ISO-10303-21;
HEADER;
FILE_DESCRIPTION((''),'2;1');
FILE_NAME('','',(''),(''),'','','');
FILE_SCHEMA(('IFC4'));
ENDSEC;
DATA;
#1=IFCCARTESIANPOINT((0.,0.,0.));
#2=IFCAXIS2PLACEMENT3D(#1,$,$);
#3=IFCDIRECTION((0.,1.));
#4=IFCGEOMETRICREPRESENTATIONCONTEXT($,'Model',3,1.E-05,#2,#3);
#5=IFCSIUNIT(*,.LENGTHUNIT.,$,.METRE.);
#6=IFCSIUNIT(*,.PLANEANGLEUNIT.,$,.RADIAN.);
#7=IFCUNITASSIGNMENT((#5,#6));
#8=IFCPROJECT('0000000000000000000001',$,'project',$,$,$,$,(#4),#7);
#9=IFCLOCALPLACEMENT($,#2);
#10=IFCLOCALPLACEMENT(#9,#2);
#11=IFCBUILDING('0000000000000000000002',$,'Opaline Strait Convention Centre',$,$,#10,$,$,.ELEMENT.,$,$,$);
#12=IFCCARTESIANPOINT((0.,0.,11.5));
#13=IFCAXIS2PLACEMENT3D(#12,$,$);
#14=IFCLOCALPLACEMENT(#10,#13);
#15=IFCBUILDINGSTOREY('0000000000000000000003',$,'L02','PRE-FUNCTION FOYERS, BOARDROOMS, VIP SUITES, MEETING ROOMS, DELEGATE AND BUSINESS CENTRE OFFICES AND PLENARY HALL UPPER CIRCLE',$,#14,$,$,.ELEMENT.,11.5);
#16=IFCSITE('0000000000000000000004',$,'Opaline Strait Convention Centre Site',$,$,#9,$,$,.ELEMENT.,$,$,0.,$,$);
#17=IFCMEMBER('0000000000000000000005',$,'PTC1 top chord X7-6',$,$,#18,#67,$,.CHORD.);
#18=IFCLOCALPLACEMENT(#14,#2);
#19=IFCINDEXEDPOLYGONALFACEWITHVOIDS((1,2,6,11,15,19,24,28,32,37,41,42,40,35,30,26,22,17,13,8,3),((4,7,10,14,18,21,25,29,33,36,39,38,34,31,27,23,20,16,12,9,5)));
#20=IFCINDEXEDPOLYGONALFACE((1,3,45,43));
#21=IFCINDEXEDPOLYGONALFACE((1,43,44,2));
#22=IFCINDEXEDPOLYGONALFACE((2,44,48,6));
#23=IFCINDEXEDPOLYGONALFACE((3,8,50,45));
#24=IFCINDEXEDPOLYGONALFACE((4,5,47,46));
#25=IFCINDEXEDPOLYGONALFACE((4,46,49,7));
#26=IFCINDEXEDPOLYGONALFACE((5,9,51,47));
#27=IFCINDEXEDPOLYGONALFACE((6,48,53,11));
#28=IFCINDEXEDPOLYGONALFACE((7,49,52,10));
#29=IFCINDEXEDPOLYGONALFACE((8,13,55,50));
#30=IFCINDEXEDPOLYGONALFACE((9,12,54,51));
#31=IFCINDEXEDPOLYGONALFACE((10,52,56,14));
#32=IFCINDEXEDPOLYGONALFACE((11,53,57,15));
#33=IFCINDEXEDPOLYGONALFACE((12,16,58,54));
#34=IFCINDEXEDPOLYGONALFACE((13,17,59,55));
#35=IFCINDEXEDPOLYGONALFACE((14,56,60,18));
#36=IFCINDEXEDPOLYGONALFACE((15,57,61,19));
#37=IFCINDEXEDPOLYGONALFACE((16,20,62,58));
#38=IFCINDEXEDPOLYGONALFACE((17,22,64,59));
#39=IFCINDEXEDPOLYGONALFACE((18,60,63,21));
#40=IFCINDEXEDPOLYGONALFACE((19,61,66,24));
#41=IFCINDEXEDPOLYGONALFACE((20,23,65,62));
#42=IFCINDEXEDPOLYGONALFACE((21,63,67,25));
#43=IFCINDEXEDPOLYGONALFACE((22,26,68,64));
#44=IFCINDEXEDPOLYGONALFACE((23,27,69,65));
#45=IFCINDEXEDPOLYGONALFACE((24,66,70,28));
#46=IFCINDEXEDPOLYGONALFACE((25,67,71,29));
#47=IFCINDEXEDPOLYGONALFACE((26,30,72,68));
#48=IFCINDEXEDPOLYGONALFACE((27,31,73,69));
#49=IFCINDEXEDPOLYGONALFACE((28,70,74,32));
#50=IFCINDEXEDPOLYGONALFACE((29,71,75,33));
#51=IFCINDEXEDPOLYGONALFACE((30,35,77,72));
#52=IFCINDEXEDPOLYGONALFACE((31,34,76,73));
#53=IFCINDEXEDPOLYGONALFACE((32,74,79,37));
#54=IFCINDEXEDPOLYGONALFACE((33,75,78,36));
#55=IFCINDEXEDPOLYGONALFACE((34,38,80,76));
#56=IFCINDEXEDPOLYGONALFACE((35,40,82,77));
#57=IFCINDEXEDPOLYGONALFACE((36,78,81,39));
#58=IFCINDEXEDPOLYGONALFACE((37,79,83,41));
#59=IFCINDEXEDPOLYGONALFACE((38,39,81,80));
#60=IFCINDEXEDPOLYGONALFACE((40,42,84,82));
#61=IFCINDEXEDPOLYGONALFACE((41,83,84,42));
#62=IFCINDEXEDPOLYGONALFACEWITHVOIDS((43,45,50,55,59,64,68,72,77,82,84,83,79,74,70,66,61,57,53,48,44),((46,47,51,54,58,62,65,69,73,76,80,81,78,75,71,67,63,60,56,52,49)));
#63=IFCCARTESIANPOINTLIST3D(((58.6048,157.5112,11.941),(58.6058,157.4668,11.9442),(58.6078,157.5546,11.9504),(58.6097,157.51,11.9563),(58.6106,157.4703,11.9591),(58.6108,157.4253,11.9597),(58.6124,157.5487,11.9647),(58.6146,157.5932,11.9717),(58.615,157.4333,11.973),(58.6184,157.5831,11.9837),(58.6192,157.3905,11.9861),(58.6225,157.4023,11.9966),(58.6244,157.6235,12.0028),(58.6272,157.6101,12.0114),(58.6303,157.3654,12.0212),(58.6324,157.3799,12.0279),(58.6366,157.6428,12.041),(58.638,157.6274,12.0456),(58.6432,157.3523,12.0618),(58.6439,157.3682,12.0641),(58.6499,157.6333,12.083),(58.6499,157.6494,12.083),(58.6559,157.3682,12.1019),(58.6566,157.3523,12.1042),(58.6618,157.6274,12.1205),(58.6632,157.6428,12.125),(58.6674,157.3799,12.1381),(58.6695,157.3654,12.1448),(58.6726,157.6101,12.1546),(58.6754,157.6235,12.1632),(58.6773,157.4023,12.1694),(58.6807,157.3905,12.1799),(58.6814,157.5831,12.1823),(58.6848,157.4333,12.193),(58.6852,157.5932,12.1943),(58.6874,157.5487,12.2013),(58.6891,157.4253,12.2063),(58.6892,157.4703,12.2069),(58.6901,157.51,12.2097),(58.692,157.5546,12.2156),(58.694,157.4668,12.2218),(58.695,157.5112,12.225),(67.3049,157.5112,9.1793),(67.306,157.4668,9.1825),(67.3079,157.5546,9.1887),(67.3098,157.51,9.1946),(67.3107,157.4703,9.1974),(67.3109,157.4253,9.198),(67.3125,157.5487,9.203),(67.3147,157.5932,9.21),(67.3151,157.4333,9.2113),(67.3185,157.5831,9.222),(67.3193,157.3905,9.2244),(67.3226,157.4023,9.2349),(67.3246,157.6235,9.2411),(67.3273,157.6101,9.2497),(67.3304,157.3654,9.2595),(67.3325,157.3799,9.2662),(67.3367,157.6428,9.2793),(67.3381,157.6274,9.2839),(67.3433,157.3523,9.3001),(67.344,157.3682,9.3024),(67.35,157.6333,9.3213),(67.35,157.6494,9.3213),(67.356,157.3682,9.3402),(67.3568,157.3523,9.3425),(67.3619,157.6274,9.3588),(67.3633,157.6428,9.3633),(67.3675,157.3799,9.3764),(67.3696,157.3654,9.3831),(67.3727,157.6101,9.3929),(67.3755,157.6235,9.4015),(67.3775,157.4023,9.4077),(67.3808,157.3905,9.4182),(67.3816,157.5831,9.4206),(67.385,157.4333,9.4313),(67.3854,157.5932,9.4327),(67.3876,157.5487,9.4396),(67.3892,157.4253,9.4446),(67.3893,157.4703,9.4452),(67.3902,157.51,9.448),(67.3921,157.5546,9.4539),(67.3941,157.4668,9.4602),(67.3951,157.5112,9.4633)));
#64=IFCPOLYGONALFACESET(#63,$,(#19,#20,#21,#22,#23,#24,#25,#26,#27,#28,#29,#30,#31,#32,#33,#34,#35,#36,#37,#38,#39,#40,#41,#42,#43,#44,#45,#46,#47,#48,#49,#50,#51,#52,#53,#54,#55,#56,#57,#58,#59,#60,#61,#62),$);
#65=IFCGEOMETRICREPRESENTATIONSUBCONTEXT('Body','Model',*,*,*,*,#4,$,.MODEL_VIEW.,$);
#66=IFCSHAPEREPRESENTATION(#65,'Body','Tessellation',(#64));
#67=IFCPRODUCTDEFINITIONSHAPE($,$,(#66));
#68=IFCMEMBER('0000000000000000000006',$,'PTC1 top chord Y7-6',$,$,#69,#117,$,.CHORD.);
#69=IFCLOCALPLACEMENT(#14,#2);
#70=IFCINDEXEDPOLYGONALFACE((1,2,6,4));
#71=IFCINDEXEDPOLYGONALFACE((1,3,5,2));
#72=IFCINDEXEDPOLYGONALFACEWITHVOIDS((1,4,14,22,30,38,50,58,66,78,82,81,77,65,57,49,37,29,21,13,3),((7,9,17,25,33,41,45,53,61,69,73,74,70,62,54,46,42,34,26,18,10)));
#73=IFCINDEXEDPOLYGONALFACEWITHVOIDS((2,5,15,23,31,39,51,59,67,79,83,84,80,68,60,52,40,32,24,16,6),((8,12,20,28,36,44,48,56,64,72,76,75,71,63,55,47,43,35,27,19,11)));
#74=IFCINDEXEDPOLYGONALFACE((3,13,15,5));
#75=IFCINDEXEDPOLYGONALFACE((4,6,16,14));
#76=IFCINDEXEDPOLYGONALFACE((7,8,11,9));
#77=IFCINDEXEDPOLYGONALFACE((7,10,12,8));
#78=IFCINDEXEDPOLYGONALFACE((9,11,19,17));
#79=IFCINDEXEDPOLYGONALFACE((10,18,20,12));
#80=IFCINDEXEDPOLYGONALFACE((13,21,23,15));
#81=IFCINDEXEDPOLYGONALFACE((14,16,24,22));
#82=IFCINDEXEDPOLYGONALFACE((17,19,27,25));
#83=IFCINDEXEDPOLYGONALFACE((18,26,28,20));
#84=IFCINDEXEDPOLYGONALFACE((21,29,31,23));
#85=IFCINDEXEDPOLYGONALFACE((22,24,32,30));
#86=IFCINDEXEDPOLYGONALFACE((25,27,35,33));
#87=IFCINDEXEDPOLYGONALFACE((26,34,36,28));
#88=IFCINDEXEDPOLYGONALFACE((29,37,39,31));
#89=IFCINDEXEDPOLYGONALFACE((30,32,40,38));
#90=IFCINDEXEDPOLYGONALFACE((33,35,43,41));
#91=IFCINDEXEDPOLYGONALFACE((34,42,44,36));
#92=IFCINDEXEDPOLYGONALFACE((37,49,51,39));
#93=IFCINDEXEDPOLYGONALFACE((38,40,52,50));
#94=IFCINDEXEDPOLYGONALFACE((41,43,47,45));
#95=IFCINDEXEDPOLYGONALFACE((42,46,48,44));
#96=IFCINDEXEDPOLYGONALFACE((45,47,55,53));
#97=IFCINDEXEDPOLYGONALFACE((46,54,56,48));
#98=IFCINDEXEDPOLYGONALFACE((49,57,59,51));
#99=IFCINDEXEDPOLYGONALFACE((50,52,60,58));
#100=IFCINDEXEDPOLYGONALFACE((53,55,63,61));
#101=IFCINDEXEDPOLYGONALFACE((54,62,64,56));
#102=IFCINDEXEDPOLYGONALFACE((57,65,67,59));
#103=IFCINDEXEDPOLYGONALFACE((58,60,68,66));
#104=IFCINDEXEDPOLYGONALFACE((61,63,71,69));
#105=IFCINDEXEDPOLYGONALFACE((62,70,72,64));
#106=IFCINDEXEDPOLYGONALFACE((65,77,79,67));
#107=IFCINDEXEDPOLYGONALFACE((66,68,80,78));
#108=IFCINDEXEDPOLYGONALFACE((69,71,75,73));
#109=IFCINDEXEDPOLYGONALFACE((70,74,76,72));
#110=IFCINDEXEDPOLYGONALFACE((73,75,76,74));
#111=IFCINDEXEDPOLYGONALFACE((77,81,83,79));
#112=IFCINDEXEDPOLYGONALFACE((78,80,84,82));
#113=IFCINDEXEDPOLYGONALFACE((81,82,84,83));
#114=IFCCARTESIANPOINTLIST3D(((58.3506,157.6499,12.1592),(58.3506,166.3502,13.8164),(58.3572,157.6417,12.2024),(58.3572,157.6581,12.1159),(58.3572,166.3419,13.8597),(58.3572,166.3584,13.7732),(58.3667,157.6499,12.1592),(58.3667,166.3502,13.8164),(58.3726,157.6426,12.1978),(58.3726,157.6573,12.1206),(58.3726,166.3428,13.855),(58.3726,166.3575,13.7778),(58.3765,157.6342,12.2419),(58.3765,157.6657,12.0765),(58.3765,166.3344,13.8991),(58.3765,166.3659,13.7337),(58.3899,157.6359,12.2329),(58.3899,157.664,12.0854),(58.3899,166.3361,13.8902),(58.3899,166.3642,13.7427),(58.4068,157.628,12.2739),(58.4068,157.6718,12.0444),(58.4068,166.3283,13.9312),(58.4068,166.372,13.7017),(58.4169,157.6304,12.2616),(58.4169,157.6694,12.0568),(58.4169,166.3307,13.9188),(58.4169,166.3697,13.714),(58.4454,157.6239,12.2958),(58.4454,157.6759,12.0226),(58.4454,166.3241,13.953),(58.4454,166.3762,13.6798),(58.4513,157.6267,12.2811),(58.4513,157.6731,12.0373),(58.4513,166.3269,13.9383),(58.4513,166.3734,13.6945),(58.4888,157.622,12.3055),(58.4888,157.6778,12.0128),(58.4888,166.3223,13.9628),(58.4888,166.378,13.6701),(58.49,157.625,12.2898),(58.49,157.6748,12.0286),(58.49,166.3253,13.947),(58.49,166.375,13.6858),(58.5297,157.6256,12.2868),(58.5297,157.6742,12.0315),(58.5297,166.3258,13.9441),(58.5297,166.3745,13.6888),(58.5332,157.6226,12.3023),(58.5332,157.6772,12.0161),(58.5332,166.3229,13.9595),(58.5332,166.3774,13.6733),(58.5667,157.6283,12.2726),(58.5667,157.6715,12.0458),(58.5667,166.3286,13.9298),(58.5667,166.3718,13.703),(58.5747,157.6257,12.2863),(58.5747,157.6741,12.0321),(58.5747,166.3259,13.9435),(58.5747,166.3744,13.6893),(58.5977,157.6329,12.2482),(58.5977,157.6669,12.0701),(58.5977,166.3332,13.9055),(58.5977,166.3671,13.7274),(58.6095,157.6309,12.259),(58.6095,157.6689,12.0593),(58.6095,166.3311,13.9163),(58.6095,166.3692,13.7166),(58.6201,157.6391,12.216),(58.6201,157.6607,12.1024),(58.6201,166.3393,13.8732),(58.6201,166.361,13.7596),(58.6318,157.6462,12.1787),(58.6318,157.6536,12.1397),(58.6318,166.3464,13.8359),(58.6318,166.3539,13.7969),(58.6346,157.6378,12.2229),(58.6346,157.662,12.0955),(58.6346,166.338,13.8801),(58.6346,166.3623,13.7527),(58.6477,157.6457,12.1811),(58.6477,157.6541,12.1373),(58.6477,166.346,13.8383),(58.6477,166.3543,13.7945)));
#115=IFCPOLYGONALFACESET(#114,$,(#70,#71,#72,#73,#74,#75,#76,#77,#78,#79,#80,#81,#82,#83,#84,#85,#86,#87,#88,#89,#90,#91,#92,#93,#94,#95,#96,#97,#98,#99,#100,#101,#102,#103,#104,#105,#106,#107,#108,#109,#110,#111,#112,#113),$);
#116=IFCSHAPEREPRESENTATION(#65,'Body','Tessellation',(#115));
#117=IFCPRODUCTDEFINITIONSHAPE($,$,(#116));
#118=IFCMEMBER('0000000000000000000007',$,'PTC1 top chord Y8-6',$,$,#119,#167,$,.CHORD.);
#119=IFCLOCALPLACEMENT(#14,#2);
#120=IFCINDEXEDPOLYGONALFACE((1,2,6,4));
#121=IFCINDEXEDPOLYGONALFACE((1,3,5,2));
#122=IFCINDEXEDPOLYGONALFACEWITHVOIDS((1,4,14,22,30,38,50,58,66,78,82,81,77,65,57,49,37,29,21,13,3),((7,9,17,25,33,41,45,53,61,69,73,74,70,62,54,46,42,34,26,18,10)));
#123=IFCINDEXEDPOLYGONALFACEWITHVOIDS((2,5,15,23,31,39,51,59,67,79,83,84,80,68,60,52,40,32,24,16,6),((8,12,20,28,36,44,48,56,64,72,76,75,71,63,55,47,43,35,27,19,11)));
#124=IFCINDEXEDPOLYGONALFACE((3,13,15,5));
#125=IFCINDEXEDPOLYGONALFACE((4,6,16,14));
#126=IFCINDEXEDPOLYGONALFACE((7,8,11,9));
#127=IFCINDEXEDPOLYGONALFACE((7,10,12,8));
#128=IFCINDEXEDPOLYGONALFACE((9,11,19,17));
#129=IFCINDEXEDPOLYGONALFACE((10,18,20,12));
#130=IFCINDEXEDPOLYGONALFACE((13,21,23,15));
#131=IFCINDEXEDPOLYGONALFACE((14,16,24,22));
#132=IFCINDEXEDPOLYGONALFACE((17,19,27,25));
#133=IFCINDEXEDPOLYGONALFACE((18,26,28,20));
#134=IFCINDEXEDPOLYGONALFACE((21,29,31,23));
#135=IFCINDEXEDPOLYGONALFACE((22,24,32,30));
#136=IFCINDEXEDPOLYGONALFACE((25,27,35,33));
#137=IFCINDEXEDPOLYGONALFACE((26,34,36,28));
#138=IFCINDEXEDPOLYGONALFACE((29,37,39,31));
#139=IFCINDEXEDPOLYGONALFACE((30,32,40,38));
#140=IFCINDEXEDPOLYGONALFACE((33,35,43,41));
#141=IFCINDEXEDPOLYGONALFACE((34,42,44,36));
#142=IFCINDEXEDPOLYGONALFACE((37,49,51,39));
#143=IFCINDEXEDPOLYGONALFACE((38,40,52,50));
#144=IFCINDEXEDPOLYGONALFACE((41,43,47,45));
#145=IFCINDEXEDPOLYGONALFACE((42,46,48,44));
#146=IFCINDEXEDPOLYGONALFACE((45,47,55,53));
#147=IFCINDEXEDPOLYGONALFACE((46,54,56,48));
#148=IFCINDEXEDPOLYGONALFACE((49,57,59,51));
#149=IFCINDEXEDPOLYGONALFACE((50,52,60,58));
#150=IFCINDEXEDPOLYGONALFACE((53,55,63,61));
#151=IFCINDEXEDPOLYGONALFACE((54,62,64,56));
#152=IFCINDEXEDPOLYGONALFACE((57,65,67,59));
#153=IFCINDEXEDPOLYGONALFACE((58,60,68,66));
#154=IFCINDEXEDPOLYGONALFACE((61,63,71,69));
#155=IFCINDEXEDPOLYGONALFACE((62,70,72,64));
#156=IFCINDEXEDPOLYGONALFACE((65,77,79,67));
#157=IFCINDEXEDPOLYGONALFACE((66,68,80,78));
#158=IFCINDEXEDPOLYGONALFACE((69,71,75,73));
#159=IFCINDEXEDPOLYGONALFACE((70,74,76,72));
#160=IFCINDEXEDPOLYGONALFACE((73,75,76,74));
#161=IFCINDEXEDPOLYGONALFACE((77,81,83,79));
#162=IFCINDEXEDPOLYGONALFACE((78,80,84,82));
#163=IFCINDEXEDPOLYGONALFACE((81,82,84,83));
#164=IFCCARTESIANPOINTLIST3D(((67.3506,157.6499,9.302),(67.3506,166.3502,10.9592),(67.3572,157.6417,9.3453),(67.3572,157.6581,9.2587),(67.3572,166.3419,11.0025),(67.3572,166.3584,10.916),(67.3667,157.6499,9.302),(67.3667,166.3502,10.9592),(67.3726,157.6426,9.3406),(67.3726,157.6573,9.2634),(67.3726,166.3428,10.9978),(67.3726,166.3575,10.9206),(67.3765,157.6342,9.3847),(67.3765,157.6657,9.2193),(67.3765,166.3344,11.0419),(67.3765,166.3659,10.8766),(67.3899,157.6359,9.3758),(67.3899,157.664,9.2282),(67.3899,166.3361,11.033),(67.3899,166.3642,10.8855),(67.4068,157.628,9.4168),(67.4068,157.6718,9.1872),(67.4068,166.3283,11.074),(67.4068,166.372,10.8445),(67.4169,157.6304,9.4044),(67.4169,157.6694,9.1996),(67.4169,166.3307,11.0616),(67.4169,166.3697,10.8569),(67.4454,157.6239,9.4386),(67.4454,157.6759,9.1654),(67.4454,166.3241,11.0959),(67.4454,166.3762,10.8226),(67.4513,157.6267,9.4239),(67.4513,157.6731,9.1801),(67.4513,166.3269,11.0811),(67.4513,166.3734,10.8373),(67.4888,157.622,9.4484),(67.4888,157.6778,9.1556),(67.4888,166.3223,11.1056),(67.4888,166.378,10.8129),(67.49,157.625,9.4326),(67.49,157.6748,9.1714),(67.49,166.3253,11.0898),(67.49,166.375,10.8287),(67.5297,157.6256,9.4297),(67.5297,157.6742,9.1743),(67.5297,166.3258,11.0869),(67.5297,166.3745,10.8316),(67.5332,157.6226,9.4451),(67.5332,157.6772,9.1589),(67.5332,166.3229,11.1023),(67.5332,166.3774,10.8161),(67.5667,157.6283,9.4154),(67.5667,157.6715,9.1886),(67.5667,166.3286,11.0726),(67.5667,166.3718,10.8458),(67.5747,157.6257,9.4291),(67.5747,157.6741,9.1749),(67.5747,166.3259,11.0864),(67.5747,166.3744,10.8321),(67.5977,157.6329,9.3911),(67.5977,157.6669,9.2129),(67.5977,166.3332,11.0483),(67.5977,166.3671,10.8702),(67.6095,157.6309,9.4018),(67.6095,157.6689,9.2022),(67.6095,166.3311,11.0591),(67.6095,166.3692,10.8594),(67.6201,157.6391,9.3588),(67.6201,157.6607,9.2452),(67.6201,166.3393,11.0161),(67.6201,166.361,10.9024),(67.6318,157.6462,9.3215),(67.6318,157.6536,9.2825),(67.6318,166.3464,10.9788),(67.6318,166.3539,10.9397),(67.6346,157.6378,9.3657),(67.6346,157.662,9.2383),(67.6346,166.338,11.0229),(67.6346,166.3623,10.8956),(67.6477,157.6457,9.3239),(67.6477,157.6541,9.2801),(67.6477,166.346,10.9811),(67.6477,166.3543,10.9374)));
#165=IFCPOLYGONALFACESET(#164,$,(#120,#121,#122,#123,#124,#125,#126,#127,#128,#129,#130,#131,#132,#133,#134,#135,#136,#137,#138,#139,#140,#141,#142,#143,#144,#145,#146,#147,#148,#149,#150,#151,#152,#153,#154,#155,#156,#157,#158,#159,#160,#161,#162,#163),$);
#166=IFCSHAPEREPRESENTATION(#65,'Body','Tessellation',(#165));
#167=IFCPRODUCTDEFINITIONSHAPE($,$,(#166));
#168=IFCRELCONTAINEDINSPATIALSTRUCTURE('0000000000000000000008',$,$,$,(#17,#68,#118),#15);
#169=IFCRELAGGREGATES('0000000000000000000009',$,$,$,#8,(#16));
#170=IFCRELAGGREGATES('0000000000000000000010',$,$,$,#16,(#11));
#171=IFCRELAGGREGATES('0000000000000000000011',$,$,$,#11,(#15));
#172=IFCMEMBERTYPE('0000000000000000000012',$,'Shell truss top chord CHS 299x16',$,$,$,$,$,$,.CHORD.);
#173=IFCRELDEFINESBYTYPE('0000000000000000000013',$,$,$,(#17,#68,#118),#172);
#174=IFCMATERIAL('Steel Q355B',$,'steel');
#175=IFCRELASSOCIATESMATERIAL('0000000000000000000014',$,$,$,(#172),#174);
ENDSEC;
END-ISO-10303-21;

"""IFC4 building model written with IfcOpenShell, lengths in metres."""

from ifc_helpers import new_model, si_unit, direction, frame, origin, origin_2d, place, context, subcontext, project, spatial, hollow_circle, extrude, material, material_profile, profile_set, type_object, element, save


model = new_model("IFC4")

# Units and contexts
model_context = context("Model", 3, precision=1e-05, world=origin(), true_north=direction((0.0, 1.0)))
body_context = subcontext(model_context, "Body", "Model", "MODEL_VIEW")
ifc_project = project(units=[si_unit("LENGTHUNIT", "METRE"), si_unit("PLANEANGLEUNIT", "RADIAN")], contexts=[model_context])

# Site, building, storey
site_placement = place(None, origin())
site = spatial("IfcSite", under=ifc_project, at=site_placement, Name="Opaline Strait Convention Centre Site", CompositionType="ELEMENT", RefElevation=0.0)
building_placement = place(site_placement, origin())
building = spatial("IfcBuilding", under=site, at=building_placement, Name="Opaline Strait Convention Centre", CompositionType="ELEMENT")
storey_placement = place(building_placement, frame((0.0, 0.0, 11.5)))
storey = spatial("IfcBuildingStorey", under=building, at=storey_placement, Name="L02", Description="PRE-FUNCTION FOYERS, BOARDROOMS, VIP SUITES, MEETING ROOMS, DELEGATE AND BUSINESS CENTRE OFFICES AND PLENARY HALL UPPER CIRCLE", CompositionType="ELEMENT", Elevation=11.5)

# Members
ifc_material_1 = material(Name="Steel Q355B", Category="steel")
ifc_material_profile_1 = material_profile(ifc_material_1, hollow_circle(Radius=0.1494, WallThickness=0.0161, at=origin_2d()), Name="CHS 299x16")
ifc_profile_set_1 = profile_set([ifc_material_profile_1], Name="Steel Q355B")
member_type_1 = type_object("IfcMemberType", Name="Shell truss top chord CHS 299x16", PredefinedType="CHORD", material=ifc_profile_set_1)
member_1_placement = place(storey_placement, frame((58.6499, 157.5, 12.083), z_axis=(0.953132, 0.0, -0.302554), x_axis=(0.0, 1.0, 0.0)))
element("IfcMember", 1, at=member_1_placement, inside=storey, type_object=member_type_1, Name="PTC1 top chord X7-6", PredefinedType="CHORD", context=body_context, shape_type="SweptSolid", body=[
    extrude(hollow_circle(Radius=0.1494, WallThickness=0.0161, at=origin_2d()), origin(), (0.0, 0.0, 1.0), 9.1279),
])
for number, where, z_axis, x_axis, name in (
    (2, (58.5, 157.6499, 12.1592), (0.0, 0.982338, 0.187117), (-1.0, 0.0, 0.0), "PTC1 top chord Y7-6"),
    (3, (67.5, 157.6499, 9.302), (0.0, 0.982338, 0.187117), (-1.0, 0.0, 0.0), "PTC1 top chord Y8-6"),
):
    element("IfcMember", number, at=place(storey_placement, frame(where, z_axis=z_axis, x_axis=x_axis)), inside=storey, type_object=member_type_1, Name=name, PredefinedType="CHORD", context=body_context, shape_type="SweptSolid", body=[
        extrude(hollow_circle(Radius=0.1494, WallThickness=0.0161, at=origin_2d()), origin(), (0.0, 0.0, 1.0), 8.8567),
    ])

save(model, "model.ifc")
